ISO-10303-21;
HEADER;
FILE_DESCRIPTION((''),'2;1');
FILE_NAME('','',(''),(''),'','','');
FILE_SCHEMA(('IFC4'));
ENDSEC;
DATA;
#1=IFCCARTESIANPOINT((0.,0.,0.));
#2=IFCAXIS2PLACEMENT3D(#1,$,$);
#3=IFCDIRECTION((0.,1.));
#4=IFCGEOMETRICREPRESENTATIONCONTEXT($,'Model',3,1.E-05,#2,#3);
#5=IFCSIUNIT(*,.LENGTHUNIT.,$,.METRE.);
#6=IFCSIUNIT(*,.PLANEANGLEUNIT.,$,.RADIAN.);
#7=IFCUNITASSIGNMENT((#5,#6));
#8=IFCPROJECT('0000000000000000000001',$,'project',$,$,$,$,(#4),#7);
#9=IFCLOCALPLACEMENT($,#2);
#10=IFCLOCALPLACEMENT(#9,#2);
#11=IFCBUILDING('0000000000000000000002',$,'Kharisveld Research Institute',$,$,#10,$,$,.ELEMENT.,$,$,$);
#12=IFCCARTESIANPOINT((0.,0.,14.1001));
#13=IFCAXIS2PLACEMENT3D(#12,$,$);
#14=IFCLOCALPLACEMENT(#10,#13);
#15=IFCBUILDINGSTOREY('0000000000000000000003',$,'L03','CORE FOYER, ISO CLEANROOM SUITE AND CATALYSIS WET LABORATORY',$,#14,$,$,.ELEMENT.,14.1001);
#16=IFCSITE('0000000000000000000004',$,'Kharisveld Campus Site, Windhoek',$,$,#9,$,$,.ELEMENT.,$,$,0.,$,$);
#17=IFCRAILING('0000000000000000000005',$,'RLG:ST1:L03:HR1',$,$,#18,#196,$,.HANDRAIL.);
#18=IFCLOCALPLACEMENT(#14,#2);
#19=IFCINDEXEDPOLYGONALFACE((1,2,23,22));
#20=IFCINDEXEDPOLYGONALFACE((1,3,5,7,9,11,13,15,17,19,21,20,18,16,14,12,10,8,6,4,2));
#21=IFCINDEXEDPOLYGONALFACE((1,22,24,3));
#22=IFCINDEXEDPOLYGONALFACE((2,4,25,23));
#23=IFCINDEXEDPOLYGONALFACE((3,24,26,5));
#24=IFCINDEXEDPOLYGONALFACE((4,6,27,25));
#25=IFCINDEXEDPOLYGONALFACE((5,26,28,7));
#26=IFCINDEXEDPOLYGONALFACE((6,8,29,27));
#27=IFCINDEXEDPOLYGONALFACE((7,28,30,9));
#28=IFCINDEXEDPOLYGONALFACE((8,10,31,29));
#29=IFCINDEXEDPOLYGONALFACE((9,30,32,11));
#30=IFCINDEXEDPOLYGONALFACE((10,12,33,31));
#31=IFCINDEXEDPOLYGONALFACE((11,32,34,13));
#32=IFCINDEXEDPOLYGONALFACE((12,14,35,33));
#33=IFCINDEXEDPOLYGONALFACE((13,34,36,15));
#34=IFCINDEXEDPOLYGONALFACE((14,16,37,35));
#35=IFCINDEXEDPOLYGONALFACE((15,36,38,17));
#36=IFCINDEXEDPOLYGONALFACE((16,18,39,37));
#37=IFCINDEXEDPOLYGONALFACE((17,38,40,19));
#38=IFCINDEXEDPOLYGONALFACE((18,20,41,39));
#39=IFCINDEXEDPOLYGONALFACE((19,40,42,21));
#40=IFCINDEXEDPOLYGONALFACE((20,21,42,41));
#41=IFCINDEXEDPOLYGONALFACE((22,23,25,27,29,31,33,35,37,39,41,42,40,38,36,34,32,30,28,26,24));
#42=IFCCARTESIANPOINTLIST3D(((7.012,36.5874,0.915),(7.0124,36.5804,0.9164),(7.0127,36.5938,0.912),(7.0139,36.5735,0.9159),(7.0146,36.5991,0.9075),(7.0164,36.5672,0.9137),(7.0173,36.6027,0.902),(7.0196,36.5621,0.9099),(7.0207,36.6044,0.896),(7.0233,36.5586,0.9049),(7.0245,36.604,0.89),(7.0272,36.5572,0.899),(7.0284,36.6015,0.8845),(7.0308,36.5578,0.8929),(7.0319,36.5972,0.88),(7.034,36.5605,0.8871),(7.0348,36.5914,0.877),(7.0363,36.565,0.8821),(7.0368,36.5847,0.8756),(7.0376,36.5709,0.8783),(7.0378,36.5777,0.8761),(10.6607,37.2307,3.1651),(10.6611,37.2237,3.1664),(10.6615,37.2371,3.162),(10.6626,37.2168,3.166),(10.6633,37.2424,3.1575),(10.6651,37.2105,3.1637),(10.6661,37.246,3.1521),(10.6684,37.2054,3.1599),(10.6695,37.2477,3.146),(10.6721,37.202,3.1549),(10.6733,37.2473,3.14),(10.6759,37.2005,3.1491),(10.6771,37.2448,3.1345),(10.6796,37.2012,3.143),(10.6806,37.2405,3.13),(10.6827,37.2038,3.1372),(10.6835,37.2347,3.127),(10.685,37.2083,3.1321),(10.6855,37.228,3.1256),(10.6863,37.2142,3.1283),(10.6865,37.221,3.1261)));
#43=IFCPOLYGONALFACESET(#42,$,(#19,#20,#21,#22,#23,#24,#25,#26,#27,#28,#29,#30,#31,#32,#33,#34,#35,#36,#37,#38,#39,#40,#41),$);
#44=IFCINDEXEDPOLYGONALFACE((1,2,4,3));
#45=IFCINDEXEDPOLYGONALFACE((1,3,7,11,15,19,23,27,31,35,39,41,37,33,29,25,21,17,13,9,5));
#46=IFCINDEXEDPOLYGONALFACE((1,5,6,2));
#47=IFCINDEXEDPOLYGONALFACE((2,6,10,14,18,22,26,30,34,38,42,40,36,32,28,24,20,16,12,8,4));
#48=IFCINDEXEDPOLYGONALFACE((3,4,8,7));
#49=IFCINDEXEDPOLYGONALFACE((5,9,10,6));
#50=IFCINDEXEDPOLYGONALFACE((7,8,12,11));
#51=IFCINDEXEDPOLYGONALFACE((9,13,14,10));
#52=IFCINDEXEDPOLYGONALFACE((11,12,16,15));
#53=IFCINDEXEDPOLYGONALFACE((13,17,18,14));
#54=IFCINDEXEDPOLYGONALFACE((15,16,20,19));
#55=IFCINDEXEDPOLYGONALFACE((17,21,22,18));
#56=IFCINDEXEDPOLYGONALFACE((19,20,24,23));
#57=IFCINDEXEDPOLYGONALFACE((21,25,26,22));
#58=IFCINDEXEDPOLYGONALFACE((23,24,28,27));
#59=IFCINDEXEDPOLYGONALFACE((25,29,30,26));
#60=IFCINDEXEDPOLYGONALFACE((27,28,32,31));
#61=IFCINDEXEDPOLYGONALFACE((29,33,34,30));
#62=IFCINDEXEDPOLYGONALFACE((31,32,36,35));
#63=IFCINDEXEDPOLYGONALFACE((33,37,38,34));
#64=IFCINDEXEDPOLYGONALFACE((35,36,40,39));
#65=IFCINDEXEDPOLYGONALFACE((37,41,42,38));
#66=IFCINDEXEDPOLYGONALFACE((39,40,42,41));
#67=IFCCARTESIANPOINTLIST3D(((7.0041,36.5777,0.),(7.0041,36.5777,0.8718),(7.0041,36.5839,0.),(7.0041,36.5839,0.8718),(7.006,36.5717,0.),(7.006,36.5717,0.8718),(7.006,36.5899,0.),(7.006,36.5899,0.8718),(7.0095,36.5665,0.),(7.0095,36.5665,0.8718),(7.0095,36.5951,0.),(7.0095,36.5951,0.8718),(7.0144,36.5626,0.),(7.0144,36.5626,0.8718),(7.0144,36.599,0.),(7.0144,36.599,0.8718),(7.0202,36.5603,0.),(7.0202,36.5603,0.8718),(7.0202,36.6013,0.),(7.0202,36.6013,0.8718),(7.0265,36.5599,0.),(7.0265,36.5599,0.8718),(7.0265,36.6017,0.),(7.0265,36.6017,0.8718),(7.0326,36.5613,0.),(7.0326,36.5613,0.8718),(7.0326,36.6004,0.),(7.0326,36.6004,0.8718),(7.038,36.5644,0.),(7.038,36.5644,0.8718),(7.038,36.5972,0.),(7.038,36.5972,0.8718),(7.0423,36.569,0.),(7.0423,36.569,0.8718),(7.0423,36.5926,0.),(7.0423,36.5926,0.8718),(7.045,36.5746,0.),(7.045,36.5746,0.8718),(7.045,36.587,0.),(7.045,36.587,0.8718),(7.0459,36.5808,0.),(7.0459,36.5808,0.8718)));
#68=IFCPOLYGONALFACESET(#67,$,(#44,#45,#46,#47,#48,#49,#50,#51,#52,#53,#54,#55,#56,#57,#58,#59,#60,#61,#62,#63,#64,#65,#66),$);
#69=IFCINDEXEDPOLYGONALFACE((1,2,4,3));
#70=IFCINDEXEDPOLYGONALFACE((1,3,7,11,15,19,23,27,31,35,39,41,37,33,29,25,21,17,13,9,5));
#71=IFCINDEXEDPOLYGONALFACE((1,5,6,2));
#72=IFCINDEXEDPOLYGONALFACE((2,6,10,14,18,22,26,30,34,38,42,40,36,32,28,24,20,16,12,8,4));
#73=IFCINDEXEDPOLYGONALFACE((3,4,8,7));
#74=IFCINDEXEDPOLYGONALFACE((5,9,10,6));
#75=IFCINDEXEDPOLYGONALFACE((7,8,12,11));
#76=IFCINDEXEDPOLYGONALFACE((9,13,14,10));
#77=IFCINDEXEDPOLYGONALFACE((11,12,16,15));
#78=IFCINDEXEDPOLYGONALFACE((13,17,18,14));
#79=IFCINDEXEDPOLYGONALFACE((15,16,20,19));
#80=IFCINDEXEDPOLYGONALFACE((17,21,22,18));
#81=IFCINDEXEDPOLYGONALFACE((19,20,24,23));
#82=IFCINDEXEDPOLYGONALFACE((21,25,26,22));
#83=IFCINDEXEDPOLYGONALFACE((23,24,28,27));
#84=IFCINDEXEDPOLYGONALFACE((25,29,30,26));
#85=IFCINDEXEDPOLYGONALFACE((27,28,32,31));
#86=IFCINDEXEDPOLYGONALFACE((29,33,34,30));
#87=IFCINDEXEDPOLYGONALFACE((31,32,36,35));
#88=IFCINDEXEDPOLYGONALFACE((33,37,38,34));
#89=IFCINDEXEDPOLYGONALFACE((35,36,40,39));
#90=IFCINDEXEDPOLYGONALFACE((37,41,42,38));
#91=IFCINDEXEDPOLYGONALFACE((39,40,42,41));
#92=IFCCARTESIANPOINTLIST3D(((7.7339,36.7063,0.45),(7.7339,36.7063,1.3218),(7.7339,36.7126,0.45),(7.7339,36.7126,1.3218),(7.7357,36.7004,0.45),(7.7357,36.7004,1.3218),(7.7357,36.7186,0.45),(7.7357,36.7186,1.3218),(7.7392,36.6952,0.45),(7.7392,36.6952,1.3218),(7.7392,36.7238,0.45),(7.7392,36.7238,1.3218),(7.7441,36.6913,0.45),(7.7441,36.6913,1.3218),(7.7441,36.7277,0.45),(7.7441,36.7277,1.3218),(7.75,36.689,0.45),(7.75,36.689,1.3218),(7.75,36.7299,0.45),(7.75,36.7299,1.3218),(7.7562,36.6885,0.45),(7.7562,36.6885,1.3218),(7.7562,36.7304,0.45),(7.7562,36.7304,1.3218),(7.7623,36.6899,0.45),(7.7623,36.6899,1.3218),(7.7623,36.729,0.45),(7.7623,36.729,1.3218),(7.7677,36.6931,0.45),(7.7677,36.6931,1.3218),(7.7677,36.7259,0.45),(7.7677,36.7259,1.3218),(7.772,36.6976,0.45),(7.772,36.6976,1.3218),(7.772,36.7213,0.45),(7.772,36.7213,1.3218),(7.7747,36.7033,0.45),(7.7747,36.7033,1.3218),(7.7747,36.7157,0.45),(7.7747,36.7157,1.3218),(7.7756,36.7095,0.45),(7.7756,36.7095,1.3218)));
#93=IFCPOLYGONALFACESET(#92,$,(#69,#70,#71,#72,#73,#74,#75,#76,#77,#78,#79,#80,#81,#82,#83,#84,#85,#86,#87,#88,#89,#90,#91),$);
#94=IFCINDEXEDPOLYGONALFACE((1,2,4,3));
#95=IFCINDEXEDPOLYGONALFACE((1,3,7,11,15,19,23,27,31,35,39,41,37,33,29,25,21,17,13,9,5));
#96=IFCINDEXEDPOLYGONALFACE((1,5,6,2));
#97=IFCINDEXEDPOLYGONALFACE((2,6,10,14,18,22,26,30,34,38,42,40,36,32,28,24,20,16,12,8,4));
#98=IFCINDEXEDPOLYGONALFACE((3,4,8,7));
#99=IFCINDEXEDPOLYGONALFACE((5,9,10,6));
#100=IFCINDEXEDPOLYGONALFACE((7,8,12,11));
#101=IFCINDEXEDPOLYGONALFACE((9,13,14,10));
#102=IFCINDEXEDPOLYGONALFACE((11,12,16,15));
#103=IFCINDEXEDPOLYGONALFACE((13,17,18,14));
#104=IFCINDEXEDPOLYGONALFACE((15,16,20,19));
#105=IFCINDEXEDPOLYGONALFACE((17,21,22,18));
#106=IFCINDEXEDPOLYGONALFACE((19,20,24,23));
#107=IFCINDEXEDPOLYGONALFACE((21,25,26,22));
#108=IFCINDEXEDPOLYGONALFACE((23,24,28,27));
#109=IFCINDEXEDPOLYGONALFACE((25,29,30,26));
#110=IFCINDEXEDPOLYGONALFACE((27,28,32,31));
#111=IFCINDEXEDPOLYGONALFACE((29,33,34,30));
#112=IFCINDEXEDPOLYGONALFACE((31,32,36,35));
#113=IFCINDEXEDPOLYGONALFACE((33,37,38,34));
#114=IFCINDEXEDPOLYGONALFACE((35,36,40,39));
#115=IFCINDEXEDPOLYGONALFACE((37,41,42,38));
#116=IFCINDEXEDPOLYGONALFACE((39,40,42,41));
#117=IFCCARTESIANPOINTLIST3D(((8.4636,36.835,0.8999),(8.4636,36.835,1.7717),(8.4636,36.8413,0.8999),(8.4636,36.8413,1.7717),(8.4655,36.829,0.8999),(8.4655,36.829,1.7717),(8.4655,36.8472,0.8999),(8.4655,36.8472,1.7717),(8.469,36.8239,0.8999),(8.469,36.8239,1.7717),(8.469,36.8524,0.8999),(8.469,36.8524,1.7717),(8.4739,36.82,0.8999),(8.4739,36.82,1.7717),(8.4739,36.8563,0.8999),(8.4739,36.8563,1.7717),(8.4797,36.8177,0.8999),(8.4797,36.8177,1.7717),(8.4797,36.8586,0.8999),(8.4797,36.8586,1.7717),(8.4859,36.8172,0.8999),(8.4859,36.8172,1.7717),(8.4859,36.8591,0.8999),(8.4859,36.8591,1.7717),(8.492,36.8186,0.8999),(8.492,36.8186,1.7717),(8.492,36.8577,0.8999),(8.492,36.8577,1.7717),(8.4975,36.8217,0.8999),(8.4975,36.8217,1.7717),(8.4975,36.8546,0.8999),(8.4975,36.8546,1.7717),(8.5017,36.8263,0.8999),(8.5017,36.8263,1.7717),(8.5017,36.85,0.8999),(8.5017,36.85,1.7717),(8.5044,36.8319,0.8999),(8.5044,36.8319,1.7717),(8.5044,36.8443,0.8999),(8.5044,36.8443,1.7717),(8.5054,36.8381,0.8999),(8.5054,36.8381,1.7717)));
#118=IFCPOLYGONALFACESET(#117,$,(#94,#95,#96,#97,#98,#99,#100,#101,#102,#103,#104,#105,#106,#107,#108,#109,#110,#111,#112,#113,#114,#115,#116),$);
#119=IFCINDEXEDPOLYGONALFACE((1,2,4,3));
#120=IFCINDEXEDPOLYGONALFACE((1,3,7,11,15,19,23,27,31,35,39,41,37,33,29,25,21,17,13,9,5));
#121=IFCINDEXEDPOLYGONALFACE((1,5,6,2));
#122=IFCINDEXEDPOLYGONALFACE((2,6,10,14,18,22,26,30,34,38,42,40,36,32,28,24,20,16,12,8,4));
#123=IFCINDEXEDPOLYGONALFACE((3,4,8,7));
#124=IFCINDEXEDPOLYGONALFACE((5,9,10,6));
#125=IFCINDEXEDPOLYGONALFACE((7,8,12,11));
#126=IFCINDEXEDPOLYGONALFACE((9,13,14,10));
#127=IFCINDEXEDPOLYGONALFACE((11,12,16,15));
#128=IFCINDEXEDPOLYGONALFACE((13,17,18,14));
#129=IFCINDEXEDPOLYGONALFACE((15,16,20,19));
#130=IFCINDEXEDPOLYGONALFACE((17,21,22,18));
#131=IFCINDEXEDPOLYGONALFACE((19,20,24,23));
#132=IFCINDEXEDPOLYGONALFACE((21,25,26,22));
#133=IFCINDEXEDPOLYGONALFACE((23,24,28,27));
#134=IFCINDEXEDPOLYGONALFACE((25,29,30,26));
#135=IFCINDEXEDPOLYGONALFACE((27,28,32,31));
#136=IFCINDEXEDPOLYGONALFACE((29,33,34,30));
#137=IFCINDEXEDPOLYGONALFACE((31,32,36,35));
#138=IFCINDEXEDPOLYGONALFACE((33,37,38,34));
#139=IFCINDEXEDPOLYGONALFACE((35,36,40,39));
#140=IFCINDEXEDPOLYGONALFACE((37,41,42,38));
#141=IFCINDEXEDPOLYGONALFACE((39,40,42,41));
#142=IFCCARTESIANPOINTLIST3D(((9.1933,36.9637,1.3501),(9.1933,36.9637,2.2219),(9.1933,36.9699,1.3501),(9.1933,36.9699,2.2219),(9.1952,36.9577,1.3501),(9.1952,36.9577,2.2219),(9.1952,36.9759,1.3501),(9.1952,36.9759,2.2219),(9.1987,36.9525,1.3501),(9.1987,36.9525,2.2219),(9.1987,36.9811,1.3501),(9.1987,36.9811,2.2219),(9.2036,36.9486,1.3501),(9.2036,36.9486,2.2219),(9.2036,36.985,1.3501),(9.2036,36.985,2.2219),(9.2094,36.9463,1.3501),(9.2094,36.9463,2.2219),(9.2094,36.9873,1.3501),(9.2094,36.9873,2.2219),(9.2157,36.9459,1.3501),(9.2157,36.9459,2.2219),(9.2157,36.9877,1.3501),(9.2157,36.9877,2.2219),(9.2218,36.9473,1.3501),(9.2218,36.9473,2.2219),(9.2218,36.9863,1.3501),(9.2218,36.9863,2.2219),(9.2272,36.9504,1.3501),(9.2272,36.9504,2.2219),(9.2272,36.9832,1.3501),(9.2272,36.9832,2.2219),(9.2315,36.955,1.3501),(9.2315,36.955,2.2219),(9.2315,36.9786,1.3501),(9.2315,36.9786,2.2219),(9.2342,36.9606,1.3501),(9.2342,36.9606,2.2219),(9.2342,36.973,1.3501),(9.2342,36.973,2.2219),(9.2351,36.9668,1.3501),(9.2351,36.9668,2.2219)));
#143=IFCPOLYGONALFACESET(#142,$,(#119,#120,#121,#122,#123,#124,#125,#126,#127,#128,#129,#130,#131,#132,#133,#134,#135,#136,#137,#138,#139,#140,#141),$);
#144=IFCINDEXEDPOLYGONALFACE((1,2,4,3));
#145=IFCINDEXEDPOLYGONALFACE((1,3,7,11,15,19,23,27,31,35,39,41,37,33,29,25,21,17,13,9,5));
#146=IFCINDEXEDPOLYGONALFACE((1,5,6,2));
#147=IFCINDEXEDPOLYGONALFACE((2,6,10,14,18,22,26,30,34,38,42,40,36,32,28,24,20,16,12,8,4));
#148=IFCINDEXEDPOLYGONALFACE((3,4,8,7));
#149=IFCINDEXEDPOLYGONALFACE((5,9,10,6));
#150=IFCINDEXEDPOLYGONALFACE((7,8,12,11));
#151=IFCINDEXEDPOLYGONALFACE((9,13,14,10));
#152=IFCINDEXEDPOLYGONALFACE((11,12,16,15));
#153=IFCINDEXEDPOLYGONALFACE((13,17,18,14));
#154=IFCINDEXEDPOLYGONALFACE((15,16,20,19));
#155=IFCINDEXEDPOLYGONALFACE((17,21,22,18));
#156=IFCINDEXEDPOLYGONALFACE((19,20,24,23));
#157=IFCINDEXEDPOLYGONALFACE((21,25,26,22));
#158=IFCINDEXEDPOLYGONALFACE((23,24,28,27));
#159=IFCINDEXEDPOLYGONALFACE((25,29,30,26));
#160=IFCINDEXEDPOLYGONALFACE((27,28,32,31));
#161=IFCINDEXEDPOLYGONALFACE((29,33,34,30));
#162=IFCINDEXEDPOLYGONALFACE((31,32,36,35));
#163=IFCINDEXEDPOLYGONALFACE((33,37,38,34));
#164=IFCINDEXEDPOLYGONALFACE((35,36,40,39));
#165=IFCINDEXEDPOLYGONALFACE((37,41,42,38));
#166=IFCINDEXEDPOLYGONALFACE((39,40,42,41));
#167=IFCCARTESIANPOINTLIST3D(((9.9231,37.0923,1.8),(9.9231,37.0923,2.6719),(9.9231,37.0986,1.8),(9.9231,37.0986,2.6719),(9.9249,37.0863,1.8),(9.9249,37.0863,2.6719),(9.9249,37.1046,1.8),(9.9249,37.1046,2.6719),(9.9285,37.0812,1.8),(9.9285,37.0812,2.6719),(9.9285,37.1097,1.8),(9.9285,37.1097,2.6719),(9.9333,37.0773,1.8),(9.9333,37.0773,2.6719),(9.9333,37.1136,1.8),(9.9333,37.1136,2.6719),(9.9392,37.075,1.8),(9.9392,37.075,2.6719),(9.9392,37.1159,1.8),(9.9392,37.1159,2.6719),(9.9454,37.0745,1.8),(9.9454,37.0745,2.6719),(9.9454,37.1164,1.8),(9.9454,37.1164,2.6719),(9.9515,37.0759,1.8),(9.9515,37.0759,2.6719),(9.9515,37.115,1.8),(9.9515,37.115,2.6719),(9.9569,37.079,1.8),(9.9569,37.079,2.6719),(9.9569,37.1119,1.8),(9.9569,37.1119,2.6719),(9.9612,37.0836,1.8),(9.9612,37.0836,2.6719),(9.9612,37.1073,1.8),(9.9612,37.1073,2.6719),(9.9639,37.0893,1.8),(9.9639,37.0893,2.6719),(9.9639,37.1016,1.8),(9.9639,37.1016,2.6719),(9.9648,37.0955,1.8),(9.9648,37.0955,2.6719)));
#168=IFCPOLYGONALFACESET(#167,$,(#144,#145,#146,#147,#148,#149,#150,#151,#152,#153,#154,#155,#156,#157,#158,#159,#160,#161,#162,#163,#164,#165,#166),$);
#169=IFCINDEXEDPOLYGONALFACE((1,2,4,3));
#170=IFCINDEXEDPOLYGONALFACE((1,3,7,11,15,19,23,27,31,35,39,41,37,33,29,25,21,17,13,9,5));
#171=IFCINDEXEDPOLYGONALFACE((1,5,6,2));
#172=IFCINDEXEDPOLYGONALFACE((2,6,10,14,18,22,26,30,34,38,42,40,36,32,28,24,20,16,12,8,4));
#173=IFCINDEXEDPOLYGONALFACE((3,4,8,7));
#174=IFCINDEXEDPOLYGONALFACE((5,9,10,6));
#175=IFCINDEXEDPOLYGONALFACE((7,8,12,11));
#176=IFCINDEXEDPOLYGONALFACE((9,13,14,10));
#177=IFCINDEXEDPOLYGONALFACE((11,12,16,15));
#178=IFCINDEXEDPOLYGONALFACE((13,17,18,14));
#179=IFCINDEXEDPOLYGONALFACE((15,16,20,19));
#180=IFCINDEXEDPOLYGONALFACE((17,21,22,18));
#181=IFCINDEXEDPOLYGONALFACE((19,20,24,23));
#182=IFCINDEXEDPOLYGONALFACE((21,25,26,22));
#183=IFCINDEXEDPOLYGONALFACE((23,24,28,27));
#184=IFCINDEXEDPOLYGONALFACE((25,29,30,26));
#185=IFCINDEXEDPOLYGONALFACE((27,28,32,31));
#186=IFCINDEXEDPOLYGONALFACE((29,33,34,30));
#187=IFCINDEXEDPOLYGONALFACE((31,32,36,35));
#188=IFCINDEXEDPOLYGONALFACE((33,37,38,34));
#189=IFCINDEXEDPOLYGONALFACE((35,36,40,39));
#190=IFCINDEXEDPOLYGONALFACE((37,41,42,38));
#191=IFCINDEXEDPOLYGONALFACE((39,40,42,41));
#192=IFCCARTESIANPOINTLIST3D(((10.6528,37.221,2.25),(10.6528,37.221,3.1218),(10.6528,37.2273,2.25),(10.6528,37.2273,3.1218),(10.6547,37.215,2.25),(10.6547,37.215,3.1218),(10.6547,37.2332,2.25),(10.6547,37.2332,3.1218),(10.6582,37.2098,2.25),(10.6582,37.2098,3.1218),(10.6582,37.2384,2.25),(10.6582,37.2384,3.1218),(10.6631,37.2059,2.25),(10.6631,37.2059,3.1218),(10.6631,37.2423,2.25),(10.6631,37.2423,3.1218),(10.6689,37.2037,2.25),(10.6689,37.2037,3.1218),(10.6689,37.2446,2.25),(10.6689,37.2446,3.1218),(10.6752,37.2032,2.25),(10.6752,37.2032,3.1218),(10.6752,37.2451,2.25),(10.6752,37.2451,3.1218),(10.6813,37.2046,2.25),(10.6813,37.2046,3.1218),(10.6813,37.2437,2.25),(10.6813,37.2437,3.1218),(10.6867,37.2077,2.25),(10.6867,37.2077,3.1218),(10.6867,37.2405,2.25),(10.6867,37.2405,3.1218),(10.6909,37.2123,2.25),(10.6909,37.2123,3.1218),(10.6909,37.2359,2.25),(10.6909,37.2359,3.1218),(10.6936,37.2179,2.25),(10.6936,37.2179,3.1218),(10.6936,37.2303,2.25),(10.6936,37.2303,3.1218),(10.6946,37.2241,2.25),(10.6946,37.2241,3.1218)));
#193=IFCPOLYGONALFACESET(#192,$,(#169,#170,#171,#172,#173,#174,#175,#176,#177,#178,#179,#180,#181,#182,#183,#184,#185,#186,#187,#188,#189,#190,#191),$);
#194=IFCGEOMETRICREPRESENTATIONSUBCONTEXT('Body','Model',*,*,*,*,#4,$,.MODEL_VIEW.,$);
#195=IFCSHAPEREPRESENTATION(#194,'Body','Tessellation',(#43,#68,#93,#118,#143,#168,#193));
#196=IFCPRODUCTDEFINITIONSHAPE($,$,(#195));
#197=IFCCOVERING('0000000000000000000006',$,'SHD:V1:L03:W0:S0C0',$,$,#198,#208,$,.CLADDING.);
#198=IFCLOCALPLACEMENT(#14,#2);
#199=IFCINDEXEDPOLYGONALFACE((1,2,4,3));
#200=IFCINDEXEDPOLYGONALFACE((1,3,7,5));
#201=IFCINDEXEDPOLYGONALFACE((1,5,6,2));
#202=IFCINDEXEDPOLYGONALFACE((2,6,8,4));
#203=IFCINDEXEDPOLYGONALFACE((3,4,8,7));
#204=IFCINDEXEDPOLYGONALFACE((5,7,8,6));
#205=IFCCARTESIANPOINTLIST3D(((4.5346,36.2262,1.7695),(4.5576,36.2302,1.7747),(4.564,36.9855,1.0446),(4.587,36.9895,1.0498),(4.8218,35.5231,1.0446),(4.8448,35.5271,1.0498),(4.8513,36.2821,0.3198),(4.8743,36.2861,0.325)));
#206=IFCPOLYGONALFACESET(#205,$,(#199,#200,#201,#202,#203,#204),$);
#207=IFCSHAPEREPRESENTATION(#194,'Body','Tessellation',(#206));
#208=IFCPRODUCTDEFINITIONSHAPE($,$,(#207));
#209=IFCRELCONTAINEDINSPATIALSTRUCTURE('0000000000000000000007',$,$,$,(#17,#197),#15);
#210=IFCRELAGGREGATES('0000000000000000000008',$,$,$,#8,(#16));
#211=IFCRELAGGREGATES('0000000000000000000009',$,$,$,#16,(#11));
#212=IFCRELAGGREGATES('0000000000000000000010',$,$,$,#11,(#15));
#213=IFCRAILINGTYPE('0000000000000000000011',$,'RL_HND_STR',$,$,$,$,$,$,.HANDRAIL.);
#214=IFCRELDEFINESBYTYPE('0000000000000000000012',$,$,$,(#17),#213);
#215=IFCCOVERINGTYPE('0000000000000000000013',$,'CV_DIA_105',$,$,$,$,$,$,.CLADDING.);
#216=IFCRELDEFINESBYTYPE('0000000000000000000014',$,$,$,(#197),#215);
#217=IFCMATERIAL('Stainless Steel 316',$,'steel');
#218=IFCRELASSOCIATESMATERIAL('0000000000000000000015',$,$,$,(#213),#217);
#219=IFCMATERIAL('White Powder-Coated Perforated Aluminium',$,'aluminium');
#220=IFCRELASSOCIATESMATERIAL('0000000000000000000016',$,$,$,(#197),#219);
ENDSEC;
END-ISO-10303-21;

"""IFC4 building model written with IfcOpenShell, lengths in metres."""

from ifc_helpers import new_model, si_unit, direction, frame, origin, origin_2d, place, context, subcontext, project, spatial, polyline, circle, outline, extrude, material, type_object, element, save


model = new_model("IFC4")

# Units and contexts
model_context = context("Model", 3, precision=1e-05, world=origin(), true_north=direction((0.0, 1.0)))
body_context = subcontext(model_context, "Body", "Model", "MODEL_VIEW")
ifc_project = project(units=[si_unit("LENGTHUNIT", "METRE"), si_unit("PLANEANGLEUNIT", "RADIAN")], contexts=[model_context])

# Site, building, storey
site_placement = place(None, origin())
site = spatial("IfcSite", under=ifc_project, at=site_placement, Name="Kharisveld Campus Site, Windhoek", CompositionType="ELEMENT", RefElevation=0.0)
building_placement = place(site_placement, origin())
building = spatial("IfcBuilding", under=site, at=building_placement, Name="Kharisveld Research Institute", CompositionType="ELEMENT")
storey_placement = place(building_placement, frame((0.0, 0.0, 14.1001)))
storey = spatial("IfcBuildingStorey", under=building, at=storey_placement, Name="L03", Description="CORE FOYER, ISO CLEANROOM SUITE AND CATALYSIS WET LABORATORY", CompositionType="ELEMENT", Elevation=14.1001)

# Railing
ifc_material_1 = material(Name="Stainless Steel 316", Category="steel")
railing_type = type_object("IfcRailingType", Name="RL_HND_STR", PredefinedType="HANDRAIL", material=ifc_material_1)
railing_placement = place(storey_placement, frame((7.0249, 36.5808, 0.0)))
element("IfcRailing", 1, at=railing_placement, inside=storey, type_object=railing_type, Name="RLG:ST1:L03:HR1", PredefinedType="HANDRAIL", context=body_context, shape_type="SweptSolid", body=[
    extrude(circle(Radius=0.0239, at=origin_2d()), frame((0.0, 0.0, 0.896), z_axis=(0.841747, 0.148411, 0.519073), x_axis=(-0.173635, 0.98481, 0.0)), (0.0, 0.0, 1.0), 4.3347),
    extrude(circle(Radius=0.021, at=origin_2d()), origin(), (0.0, 0.0, 1.0), 0.8718),
    extrude(circle(Radius=0.021, at=origin_2d()), frame((0.7297, 0.1287, 0.45)), (0.0, 0.0, 1.0), 0.8718),
    extrude(circle(Radius=0.021, at=origin_2d()), frame((1.4595, 0.2573, 0.8999)), (0.0, 0.0, 1.0), 0.8718),
    extrude(circle(Radius=0.021, at=origin_2d()), frame((2.1892, 0.386, 1.3501)), (0.0, 0.0, 1.0), 0.8718),
    extrude(circle(Radius=0.021, at=origin_2d()), frame((2.9189, 0.5146, 1.8)), (0.0, 0.0, 1.0), 0.8718),
    extrude(circle(Radius=0.021, at=origin_2d()), frame((3.6487, 0.6433, 2.25)), (0.0, 0.0, 1.0), 0.8718),
])

# Covering
ifc_material_2 = material(Name="White Powder-Coated Perforated Aluminium", Category="aluminium")
covering_type = type_object("IfcCoveringType", Name="CV_DIA_105", PredefinedType="CLADDING")
for number, where, z_axis, x_axis, name in (
    (2, (4.8743, 36.2861, 0.325), (0.961447, 0.169497, 0.21654), (-0.273555, 0.669826, 0.69029), "SHD:V1:L03:W0:S0C0"),
):
    element("IfcCovering", number, at=place(storey_placement, frame(where, z_axis=z_axis, x_axis=x_axis)), inside=storey, type_object=covering_type, material=ifc_material_2, Name=name, PredefinedType="CLADDING", context=body_context, shape_type="SweptSolid", body=[
        extrude(outline(polyline([(0.0, 0.0), (1.0501, 0.0), (1.0499, 1.0501), (0.0, 1.05), (0.0, 0.0)])), origin(), (0.0, 0.0, -1.0), 0.0239),
    ])

save(model, "model.ifc")
